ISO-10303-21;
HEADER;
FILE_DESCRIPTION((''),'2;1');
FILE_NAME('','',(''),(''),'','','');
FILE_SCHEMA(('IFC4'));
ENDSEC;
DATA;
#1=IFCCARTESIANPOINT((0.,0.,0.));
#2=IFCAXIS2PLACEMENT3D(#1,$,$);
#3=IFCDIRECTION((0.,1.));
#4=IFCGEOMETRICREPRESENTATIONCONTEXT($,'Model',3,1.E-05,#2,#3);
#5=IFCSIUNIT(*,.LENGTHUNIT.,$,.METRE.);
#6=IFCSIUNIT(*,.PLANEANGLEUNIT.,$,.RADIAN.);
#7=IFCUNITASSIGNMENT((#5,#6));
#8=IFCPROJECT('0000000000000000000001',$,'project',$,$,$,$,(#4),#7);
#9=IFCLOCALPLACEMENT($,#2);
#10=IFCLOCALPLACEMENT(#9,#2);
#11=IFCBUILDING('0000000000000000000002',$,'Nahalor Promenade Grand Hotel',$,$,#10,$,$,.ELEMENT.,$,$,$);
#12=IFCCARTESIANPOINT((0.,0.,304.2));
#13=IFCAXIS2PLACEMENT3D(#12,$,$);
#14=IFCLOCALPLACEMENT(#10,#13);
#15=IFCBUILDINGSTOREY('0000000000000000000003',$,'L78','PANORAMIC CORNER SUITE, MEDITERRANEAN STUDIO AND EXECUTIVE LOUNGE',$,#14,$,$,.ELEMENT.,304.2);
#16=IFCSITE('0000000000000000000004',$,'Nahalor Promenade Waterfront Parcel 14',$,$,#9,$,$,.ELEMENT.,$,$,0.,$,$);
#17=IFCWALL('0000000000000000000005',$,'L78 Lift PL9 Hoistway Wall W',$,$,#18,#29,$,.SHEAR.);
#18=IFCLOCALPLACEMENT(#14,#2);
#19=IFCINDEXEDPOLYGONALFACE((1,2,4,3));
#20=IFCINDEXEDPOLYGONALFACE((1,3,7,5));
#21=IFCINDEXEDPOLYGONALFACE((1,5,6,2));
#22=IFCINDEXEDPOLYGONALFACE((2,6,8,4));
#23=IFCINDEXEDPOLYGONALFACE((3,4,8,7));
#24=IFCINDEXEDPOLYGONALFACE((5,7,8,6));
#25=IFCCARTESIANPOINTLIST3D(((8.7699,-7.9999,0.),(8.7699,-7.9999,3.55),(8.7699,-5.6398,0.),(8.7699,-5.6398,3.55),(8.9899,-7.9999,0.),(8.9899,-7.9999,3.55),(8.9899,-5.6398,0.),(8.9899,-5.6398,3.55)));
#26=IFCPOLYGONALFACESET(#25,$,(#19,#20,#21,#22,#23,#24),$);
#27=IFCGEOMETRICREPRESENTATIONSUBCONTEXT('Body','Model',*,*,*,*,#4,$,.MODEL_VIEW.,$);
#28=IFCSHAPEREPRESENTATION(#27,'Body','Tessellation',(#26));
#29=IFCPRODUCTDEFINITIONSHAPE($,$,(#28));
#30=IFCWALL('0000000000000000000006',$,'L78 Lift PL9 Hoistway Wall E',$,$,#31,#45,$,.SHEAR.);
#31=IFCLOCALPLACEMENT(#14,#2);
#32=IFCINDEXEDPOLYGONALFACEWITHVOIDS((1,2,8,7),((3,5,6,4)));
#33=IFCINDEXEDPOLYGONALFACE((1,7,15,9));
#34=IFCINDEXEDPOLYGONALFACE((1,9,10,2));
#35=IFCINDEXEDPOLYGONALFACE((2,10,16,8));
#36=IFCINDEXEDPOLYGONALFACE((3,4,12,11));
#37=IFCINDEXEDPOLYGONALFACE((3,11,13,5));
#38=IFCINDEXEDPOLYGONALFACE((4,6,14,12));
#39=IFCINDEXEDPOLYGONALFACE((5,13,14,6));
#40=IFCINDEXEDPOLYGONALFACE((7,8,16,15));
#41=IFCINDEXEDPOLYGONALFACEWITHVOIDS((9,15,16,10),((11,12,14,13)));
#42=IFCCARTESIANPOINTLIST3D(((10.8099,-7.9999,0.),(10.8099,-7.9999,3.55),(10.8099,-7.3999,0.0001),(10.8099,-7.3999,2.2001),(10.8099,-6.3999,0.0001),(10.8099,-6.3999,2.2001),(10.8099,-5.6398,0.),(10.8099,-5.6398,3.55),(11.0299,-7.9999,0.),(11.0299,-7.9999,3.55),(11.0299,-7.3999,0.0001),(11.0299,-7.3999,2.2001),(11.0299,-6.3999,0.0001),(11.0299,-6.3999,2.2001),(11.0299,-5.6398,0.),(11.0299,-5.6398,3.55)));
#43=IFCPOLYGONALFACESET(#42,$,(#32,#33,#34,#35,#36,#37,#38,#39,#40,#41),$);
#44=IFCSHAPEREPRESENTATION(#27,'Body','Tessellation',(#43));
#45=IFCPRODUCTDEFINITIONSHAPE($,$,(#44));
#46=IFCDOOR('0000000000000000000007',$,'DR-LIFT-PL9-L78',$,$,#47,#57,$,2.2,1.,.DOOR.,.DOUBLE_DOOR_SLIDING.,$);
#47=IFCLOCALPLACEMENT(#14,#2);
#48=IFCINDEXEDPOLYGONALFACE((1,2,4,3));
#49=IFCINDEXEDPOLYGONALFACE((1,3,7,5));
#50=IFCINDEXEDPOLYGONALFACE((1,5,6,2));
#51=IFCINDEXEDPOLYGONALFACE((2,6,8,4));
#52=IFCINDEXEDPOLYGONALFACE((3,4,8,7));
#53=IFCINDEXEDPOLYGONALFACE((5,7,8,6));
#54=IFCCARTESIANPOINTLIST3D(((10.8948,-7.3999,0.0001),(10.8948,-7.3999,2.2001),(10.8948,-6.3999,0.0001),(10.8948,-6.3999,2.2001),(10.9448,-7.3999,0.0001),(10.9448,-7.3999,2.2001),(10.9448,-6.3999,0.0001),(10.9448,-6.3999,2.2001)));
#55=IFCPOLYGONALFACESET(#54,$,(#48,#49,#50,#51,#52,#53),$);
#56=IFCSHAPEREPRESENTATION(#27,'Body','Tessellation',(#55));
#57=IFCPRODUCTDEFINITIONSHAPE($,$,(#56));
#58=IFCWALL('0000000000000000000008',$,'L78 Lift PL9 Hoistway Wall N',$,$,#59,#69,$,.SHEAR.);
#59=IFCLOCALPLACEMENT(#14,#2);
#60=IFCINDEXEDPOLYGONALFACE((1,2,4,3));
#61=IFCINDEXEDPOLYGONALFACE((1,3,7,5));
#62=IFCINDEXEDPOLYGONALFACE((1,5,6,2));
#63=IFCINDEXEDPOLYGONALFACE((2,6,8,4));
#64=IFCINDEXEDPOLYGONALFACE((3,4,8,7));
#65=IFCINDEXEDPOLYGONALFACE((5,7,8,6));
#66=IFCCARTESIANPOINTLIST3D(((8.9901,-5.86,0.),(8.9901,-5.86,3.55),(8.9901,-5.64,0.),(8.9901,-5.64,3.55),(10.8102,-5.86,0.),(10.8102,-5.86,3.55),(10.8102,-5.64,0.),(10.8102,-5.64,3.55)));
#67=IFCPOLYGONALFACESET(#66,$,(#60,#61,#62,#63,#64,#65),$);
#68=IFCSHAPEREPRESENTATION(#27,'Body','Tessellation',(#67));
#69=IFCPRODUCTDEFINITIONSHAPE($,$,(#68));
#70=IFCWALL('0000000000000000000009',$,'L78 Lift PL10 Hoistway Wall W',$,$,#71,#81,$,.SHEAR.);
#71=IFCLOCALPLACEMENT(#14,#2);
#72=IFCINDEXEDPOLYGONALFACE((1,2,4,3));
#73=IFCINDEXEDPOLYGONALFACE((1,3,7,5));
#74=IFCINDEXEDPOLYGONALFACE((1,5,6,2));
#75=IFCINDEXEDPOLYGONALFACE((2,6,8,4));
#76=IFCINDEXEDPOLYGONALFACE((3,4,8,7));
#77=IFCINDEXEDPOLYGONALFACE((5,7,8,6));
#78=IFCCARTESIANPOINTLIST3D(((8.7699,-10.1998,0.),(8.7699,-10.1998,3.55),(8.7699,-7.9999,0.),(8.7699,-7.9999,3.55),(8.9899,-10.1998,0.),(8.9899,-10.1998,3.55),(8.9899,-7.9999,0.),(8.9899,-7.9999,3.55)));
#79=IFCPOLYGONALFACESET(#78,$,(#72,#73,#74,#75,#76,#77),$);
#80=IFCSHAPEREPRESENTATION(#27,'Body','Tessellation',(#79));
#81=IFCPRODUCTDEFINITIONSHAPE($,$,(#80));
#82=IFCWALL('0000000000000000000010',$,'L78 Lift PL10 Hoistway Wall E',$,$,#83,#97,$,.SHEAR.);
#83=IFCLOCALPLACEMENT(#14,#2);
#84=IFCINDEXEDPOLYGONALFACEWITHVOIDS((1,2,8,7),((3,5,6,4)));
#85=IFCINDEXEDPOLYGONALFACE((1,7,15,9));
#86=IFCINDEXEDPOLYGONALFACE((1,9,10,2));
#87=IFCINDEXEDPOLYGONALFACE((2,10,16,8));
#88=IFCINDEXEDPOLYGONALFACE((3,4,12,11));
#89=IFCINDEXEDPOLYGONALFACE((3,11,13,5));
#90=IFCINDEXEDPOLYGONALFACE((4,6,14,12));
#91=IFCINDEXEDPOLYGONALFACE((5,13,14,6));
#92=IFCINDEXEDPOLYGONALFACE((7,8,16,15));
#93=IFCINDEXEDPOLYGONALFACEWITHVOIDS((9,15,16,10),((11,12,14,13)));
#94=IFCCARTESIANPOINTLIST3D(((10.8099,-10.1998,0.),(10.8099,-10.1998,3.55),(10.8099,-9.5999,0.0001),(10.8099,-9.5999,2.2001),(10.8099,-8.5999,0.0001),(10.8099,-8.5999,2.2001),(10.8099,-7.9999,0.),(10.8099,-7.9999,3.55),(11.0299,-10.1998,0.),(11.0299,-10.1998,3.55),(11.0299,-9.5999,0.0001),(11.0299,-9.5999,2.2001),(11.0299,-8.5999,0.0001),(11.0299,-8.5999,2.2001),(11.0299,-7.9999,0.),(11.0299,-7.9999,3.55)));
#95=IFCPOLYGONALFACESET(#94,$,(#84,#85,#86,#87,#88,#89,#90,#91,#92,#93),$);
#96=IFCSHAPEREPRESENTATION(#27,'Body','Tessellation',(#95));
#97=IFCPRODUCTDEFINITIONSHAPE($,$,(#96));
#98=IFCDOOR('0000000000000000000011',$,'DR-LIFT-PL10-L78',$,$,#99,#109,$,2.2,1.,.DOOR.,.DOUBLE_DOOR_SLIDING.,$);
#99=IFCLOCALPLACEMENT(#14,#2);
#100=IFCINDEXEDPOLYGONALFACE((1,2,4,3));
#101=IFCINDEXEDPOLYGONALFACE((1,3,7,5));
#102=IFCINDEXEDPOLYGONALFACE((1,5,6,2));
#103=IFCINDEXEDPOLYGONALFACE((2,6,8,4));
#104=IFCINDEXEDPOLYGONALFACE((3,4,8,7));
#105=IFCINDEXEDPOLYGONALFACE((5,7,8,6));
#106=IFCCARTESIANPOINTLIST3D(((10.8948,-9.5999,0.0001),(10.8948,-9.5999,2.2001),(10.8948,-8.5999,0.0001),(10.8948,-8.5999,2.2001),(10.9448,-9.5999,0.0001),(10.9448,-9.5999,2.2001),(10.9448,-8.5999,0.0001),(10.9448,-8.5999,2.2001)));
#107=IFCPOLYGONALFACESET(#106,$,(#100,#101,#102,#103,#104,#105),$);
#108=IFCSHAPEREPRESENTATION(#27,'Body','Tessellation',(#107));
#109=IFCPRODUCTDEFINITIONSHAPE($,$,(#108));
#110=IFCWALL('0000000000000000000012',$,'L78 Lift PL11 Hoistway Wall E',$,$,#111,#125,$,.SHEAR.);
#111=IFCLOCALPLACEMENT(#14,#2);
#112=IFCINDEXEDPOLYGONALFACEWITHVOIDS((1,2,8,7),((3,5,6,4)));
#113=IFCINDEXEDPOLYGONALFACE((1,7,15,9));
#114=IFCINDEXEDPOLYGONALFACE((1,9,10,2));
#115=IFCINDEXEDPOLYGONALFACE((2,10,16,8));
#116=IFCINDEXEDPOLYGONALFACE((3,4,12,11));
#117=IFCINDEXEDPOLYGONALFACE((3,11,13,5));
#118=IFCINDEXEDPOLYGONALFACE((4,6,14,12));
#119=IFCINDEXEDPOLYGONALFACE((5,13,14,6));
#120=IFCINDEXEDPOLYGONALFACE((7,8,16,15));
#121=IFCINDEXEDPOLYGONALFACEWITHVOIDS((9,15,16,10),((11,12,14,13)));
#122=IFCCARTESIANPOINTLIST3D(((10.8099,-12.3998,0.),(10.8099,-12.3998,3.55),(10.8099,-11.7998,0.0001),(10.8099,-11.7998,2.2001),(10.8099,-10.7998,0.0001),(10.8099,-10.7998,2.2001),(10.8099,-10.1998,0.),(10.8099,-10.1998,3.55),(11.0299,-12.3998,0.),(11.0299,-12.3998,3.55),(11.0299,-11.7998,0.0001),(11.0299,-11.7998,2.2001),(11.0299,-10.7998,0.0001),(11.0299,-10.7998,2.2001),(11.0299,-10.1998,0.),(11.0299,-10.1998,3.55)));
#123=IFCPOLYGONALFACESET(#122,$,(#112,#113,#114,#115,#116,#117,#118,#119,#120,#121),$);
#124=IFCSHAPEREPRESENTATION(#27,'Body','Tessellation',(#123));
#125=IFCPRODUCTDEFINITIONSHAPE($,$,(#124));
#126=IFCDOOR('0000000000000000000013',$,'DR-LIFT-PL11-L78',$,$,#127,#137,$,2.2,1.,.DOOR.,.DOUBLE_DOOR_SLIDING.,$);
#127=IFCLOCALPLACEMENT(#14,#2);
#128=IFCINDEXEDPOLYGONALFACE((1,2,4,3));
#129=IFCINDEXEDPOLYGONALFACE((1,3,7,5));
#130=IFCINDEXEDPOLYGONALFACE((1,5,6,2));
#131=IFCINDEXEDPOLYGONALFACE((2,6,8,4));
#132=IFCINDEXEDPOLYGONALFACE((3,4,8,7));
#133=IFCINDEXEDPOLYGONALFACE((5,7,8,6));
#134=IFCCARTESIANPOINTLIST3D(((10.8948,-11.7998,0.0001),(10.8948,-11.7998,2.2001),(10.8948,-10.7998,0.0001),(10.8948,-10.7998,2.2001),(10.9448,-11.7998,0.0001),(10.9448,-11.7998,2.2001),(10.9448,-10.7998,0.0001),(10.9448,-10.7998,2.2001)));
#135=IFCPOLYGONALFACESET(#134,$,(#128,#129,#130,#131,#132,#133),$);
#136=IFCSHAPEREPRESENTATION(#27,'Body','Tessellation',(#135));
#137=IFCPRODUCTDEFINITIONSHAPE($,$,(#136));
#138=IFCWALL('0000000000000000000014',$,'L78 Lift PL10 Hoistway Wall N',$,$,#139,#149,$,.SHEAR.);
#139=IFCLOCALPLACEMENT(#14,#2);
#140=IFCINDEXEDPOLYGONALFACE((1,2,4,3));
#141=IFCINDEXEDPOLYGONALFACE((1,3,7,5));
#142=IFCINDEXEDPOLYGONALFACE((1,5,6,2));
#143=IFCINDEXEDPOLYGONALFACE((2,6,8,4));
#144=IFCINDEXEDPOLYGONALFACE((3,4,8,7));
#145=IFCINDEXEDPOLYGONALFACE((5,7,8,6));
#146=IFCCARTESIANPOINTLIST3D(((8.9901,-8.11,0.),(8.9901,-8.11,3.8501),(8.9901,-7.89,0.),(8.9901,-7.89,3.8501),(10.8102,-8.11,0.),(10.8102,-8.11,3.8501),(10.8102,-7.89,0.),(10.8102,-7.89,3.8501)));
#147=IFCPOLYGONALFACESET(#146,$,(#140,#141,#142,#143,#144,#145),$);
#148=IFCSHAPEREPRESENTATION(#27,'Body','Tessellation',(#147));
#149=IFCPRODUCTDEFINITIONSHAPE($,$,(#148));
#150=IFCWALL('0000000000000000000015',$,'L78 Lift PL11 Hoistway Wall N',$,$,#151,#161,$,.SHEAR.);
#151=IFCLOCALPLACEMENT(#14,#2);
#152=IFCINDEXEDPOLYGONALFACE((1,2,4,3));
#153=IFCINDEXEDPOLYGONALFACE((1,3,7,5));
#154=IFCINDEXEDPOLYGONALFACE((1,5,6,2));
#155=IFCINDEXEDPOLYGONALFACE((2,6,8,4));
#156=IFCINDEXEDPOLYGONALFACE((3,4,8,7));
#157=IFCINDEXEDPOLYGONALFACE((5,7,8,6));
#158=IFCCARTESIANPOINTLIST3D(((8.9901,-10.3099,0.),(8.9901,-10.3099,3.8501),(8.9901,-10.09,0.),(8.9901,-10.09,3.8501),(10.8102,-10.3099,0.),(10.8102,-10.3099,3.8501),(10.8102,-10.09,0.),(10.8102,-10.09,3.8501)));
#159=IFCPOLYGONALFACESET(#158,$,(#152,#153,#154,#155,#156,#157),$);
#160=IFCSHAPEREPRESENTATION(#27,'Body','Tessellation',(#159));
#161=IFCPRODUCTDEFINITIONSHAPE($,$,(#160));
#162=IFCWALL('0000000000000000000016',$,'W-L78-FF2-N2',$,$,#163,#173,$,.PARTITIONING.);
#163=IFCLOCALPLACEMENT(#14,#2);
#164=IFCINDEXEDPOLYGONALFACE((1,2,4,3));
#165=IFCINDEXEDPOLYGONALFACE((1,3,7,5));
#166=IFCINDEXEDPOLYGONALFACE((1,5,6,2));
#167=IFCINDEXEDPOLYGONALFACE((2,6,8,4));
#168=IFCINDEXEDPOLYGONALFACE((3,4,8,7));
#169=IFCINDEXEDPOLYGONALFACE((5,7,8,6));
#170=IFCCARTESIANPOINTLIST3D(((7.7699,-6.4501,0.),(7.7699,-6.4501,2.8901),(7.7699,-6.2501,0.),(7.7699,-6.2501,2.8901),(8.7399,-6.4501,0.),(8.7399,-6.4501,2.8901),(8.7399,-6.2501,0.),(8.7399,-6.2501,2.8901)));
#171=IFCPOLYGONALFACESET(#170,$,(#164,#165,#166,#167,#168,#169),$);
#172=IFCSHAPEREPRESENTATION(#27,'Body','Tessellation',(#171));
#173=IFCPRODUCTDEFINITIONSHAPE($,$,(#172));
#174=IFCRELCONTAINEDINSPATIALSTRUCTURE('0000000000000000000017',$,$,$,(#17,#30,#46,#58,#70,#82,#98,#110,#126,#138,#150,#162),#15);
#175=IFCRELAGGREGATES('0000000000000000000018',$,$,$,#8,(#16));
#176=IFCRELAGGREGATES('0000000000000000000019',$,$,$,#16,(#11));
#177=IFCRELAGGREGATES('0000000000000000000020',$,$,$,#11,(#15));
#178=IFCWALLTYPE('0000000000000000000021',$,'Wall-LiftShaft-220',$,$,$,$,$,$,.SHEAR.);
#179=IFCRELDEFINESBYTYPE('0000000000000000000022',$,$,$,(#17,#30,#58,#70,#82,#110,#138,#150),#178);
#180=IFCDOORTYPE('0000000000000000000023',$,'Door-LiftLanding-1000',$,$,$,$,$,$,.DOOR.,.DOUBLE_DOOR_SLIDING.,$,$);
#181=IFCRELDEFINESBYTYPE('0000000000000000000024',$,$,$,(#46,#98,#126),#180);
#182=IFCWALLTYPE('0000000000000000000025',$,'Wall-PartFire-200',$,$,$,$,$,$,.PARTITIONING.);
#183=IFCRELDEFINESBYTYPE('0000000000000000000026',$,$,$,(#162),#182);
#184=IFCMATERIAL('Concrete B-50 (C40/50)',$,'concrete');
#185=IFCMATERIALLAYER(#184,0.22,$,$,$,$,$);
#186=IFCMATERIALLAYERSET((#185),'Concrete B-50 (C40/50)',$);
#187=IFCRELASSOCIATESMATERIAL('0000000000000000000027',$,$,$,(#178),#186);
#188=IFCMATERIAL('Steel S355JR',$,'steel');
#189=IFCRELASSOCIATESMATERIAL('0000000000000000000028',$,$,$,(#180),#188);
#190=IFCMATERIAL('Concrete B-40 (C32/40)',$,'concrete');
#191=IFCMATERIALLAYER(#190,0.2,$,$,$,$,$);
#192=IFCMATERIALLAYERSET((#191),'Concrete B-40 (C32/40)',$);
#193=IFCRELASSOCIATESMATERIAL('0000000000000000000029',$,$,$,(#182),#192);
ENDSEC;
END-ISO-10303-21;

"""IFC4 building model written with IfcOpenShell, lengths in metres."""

from ifc_helpers import new_model, si_unit, direction, frame, frame_2d, origin, place, context, subcontext, project, spatial, rectangle, extrude, source, transform, mapped, material, layer, layer_set, type_object, element, fill, save


model = new_model("IFC4")

# Units and contexts
model_context = context("Model", 3, precision=1e-05, world=origin(), true_north=direction((0.0, 1.0)))
body_context = subcontext(model_context, "Body", "Model", "MODEL_VIEW")
ifc_project = project(units=[si_unit("LENGTHUNIT", "METRE"), si_unit("PLANEANGLEUNIT", "RADIAN")], contexts=[model_context])

# Site, building, storey
site_placement = place(None, origin())
site = spatial("IfcSite", under=ifc_project, at=site_placement, Name="Nahalor Promenade Waterfront Parcel 14", CompositionType="ELEMENT", RefElevation=0.0)
building_placement = place(site_placement, origin())
building = spatial("IfcBuilding", under=site, at=building_placement, Name="Nahalor Promenade Grand Hotel", CompositionType="ELEMENT")
storey_placement = place(building_placement, frame((0.0, 0.0, 304.2)))
storey = spatial("IfcBuildingStorey", under=building, at=storey_placement, Name="L78", Description="PANORAMIC CORNER SUITE, MEDITERRANEAN STUDIO AND EXECUTIVE LOUNGE", CompositionType="ELEMENT", Elevation=304.2)

# Shared definitions
ifc_material_1 = material(Name="Steel S355JR", Category="steel")

# Wall
ifc_material_2 = material(Name="Concrete B-50 (C40/50)", Category="concrete")
ifc_layer_1 = layer(ifc_material_2, 0.22)
ifc_layer_set_1 = layer_set([ifc_layer_1], Name="Concrete B-50 (C40/50)")
wall_type_1 = type_object("IfcWallType", Name="Wall-LiftShaft-220", PredefinedType="SHEAR", material=ifc_layer_set_1)
shared_shape_1 = source(origin(), body_context, "Body", "SweptSolid", [
    extrude(rectangle(XDim=2.3601, YDim=0.22, at=frame_2d((1.1802, 0.0))), origin(), (0.0, 0.0, 1.0), 3.55),
])
wall_1_placement = place(storey_placement, frame((8.8799, -8.0, 0.0), z_axis=(0.0, 0.0, 1.0), x_axis=(0.0, 1.0, 0.0)))
element("IfcWall", 1, at=wall_1_placement, inside=storey, type_object=wall_type_1, Name="L78 Lift PL9 Hoistway Wall W", PredefinedType="SHEAR", context=body_context, shape_type="MappedRepresentation", body=[
    mapped(shared_shape_1, transform((0.0, 0.0, 0.0), scale=1.0)),
])

# Wall, opening, door
wall_2_placement = place(storey_placement, frame((10.9199, -8.0, 0.0), z_axis=(0.0, 0.0, 1.0), x_axis=(0.0, 1.0, 0.0)))
wall_2 = element("IfcWall", 2, at=wall_2_placement, inside=storey, type_object=wall_type_1, Name="L78 Lift PL9 Hoistway Wall E", PredefinedType="SHEAR", context=body_context, shape_type="MappedRepresentation", body=[
    mapped(shared_shape_1, transform((0.0, 0.0, 0.0), scale=1.0)),
])
opening_1_placement = place(wall_2_placement, frame((0.6001, 0.0, 0.0)))
opening_1 = element("IfcOpeningElement", 3, at=opening_1_placement, cuts=wall_2, PredefinedType="OPENING", context=body_context, shape_type="SweptSolid", body=[
    extrude(rectangle(XDim=1.0, YDim=2.2, at=frame_2d((0.5, 1.1001))), frame((0.0, 0.1199, 0.0), z_axis=(0.0, -1.0, 0.0), x_axis=(1.0, 0.0, 0.0)), (0.0, 0.0, 1.0), 0.24),
])
door_type = type_object("IfcDoorType", Name="Door-LiftLanding-1000", OperationType="DOUBLE_DOOR_SLIDING", PredefinedType="DOOR", material=ifc_material_1)
shared_shape_2 = source(origin(), body_context, "Body", "SweptSolid", [
    extrude(rectangle(XDim=1.0, YDim=2.2, at=frame_2d((0.5, 1.1001))), frame((0.0, 0.0249, 0.0), z_axis=(0.0, -1.0, 0.0), x_axis=(1.0, 0.0, 0.0)), (0.0, 0.0, 1.0), 0.05),
])
door_1_placement = place(opening_1_placement, frame((1.0, 0.0, 0.0), z_axis=(0.0, 0.0, 1.0), x_axis=(-1.0, 0.0, 0.0)))
door_1 = element("IfcDoor", 4, at=door_1_placement, inside=storey, type_object=door_type, Name="DR-LIFT-PL9-L78", OperationType="DOUBLE_DOOR_SLIDING", OverallHeight=2.2, OverallWidth=1.0, PredefinedType="DOOR", context=body_context, shape_type="MappedRepresentation", body=[
    mapped(shared_shape_2, transform((0.0, 0.0, 0.0), scale=1.0)),
])
fill(opening_1, door_1)

# Walls
shared_shape_3 = source(origin(), body_context, "Body", "SweptSolid", [
    extrude(rectangle(XDim=1.8201, YDim=0.22, at=frame_2d((0.9102, 0.0))), origin(), (0.0, 0.0, 1.0), 3.55),
])
wall_3_placement = place(storey_placement, frame((8.99, -5.75, 0.0), z_axis=(0.0, 0.0, 1.0), x_axis=(1.0, 0.0, 0.0)))
element("IfcWall", 5, at=wall_3_placement, inside=storey, type_object=wall_type_1, Name="L78 Lift PL9 Hoistway Wall N", PredefinedType="SHEAR", context=body_context, shape_type="MappedRepresentation", body=[
    mapped(shared_shape_3, transform((0.0, 0.0, 0.0), scale=1.0)),
])
shared_shape_4 = source(origin(), body_context, "Body", "SweptSolid", [
    extrude(rectangle(XDim=2.2, YDim=0.22, at=frame_2d((1.1001, 0.0))), origin(), (0.0, 0.0, 1.0), 3.55),
])
wall_4_placement = place(storey_placement, frame((8.8799, -10.2, 0.0), z_axis=(0.0, 0.0, 1.0), x_axis=(0.0, 1.0, 0.0)))
element("IfcWall", 6, at=wall_4_placement, inside=storey, type_object=wall_type_1, Name="L78 Lift PL10 Hoistway Wall W", PredefinedType="SHEAR", context=body_context, shape_type="MappedRepresentation", body=[
    mapped(shared_shape_4, transform((0.0, 0.0, 0.0), scale=1.0)),
])

# Walls, openings, doors
wall_5_placement = place(storey_placement, frame((10.9199, -10.2, 0.0), z_axis=(0.0, 0.0, 1.0), x_axis=(0.0, 1.0, 0.0)))
wall_5 = element("IfcWall", 7, at=wall_5_placement, inside=storey, type_object=wall_type_1, Name="L78 Lift PL10 Hoistway Wall E", PredefinedType="SHEAR", context=body_context, shape_type="MappedRepresentation", body=[
    mapped(shared_shape_4, transform((0.0, 0.0, 0.0), scale=1.0)),
])
opening_2_placement = place(wall_5_placement, frame((0.6001, 0.0, 0.0)))
opening_2 = element("IfcOpeningElement", 8, at=opening_2_placement, cuts=wall_5, PredefinedType="OPENING", context=body_context, shape_type="SweptSolid", body=[
    extrude(rectangle(XDim=1.0, YDim=2.2, at=frame_2d((0.5, 1.1001))), frame((0.0, 0.1199, 0.0), z_axis=(0.0, -1.0, 0.0), x_axis=(1.0, 0.0, 0.0)), (0.0, 0.0, 1.0), 0.24),
])
door_2_placement = place(opening_2_placement, frame((1.0, 0.0, 0.0), z_axis=(0.0, 0.0, 1.0), x_axis=(-1.0, 0.0, 0.0)))
door_2 = element("IfcDoor", 9, at=door_2_placement, inside=storey, type_object=door_type, Name="DR-LIFT-PL10-L78", OperationType="DOUBLE_DOOR_SLIDING", OverallHeight=2.2, OverallWidth=1.0, PredefinedType="DOOR", context=body_context, shape_type="MappedRepresentation", body=[
    mapped(shared_shape_2, transform((0.0, 0.0, 0.0), scale=1.0)),
])
fill(opening_2, door_2)
wall_6_placement = place(storey_placement, frame((10.9199, -12.3999, 0.0), z_axis=(0.0, 0.0, 1.0), x_axis=(0.0, 1.0, 0.0)))
wall_6 = element("IfcWall", 10, at=wall_6_placement, inside=storey, type_object=wall_type_1, Name="L78 Lift PL11 Hoistway Wall E", PredefinedType="SHEAR", context=body_context, shape_type="MappedRepresentation", body=[
    mapped(shared_shape_4, transform((0.0, 0.0, 0.0), scale=1.0)),
])
opening_3_placement = place(wall_6_placement, frame((0.6001, 0.0, 0.0)))
opening_3 = element("IfcOpeningElement", 11, at=opening_3_placement, cuts=wall_6, PredefinedType="OPENING", context=body_context, shape_type="SweptSolid", body=[
    extrude(rectangle(XDim=1.0, YDim=2.2, at=frame_2d((0.5, 1.1001))), frame((0.0, 0.1199, 0.0), z_axis=(0.0, -1.0, 0.0), x_axis=(1.0, 0.0, 0.0)), (0.0, 0.0, 1.0), 0.24),
])
door_3_placement = place(opening_3_placement, frame((1.0, 0.0, 0.0), z_axis=(0.0, 0.0, 1.0), x_axis=(-1.0, 0.0, 0.0)))
door_3 = element("IfcDoor", 12, at=door_3_placement, inside=storey, type_object=door_type, Name="DR-LIFT-PL11-L78", OperationType="DOUBLE_DOOR_SLIDING", OverallHeight=2.2, OverallWidth=1.0, PredefinedType="DOOR", context=body_context, shape_type="MappedRepresentation", body=[
    mapped(shared_shape_2, transform((0.0, 0.0, 0.0), scale=1.0)),
])
fill(opening_3, door_3)

# Walls
shared_shape_5 = source(origin(), body_context, "Body", "SweptSolid", [
    extrude(rectangle(XDim=1.8201, YDim=0.22, at=frame_2d((0.9102, 0.0))), origin(), (0.0, 0.0, 1.0), 3.8501),
])
for number, where, z_axis, x_axis, name in (
    (13, (8.99, -8.0, 0.0), (0.0, 0.0, 1.0), (1.0, 0.0, 0.0), "L78 Lift PL10 Hoistway Wall N"),
    (14, (8.99, -10.2, 0.0), (0.0, 0.0, 1.0), (1.0, 0.0, 0.0), "L78 Lift PL11 Hoistway Wall N"),
):
    element("IfcWall", number, at=place(storey_placement, frame(where, z_axis=z_axis, x_axis=x_axis)), inside=storey, type_object=wall_type_1, Name=name, PredefinedType="SHEAR", context=body_context, shape_type="MappedRepresentation", body=[
        mapped(shared_shape_5, transform((0.0, 0.0, 0.0), scale=1.0)),
    ])
ifc_material_3 = material(Name="Concrete B-40 (C32/40)", Category="concrete")
ifc_layer_2 = layer(ifc_material_3, 0.2)
ifc_layer_set_2 = layer_set([ifc_layer_2], Name="Concrete B-40 (C32/40)")
wall_type_2 = type_object("IfcWallType", Name="Wall-PartFire-200", PredefinedType="PARTITIONING", material=ifc_layer_set_2)
shared_shape_6 = source(origin(), body_context, "Body", "SweptSolid", [
    extrude(rectangle(XDim=0.97, YDim=0.2, at=frame_2d((0.4849, 0.0))), origin(), (0.0, 0.0, 1.0), 2.8901),
])
wall_7_placement = place(storey_placement, frame((7.77, -6.3501, 0.0), z_axis=(0.0, 0.0, 1.0), x_axis=(1.0, 0.0, 0.0)))
element("IfcWall", 15, at=wall_7_placement, inside=storey, type_object=wall_type_2, Name="W-L78-FF2-N2", PredefinedType="PARTITIONING", context=body_context, shape_type="MappedRepresentation", body=[
    mapped(shared_shape_6, transform((0.0, 0.0, 0.0), scale=1.0)),
])

save(model, "model.ifc")
